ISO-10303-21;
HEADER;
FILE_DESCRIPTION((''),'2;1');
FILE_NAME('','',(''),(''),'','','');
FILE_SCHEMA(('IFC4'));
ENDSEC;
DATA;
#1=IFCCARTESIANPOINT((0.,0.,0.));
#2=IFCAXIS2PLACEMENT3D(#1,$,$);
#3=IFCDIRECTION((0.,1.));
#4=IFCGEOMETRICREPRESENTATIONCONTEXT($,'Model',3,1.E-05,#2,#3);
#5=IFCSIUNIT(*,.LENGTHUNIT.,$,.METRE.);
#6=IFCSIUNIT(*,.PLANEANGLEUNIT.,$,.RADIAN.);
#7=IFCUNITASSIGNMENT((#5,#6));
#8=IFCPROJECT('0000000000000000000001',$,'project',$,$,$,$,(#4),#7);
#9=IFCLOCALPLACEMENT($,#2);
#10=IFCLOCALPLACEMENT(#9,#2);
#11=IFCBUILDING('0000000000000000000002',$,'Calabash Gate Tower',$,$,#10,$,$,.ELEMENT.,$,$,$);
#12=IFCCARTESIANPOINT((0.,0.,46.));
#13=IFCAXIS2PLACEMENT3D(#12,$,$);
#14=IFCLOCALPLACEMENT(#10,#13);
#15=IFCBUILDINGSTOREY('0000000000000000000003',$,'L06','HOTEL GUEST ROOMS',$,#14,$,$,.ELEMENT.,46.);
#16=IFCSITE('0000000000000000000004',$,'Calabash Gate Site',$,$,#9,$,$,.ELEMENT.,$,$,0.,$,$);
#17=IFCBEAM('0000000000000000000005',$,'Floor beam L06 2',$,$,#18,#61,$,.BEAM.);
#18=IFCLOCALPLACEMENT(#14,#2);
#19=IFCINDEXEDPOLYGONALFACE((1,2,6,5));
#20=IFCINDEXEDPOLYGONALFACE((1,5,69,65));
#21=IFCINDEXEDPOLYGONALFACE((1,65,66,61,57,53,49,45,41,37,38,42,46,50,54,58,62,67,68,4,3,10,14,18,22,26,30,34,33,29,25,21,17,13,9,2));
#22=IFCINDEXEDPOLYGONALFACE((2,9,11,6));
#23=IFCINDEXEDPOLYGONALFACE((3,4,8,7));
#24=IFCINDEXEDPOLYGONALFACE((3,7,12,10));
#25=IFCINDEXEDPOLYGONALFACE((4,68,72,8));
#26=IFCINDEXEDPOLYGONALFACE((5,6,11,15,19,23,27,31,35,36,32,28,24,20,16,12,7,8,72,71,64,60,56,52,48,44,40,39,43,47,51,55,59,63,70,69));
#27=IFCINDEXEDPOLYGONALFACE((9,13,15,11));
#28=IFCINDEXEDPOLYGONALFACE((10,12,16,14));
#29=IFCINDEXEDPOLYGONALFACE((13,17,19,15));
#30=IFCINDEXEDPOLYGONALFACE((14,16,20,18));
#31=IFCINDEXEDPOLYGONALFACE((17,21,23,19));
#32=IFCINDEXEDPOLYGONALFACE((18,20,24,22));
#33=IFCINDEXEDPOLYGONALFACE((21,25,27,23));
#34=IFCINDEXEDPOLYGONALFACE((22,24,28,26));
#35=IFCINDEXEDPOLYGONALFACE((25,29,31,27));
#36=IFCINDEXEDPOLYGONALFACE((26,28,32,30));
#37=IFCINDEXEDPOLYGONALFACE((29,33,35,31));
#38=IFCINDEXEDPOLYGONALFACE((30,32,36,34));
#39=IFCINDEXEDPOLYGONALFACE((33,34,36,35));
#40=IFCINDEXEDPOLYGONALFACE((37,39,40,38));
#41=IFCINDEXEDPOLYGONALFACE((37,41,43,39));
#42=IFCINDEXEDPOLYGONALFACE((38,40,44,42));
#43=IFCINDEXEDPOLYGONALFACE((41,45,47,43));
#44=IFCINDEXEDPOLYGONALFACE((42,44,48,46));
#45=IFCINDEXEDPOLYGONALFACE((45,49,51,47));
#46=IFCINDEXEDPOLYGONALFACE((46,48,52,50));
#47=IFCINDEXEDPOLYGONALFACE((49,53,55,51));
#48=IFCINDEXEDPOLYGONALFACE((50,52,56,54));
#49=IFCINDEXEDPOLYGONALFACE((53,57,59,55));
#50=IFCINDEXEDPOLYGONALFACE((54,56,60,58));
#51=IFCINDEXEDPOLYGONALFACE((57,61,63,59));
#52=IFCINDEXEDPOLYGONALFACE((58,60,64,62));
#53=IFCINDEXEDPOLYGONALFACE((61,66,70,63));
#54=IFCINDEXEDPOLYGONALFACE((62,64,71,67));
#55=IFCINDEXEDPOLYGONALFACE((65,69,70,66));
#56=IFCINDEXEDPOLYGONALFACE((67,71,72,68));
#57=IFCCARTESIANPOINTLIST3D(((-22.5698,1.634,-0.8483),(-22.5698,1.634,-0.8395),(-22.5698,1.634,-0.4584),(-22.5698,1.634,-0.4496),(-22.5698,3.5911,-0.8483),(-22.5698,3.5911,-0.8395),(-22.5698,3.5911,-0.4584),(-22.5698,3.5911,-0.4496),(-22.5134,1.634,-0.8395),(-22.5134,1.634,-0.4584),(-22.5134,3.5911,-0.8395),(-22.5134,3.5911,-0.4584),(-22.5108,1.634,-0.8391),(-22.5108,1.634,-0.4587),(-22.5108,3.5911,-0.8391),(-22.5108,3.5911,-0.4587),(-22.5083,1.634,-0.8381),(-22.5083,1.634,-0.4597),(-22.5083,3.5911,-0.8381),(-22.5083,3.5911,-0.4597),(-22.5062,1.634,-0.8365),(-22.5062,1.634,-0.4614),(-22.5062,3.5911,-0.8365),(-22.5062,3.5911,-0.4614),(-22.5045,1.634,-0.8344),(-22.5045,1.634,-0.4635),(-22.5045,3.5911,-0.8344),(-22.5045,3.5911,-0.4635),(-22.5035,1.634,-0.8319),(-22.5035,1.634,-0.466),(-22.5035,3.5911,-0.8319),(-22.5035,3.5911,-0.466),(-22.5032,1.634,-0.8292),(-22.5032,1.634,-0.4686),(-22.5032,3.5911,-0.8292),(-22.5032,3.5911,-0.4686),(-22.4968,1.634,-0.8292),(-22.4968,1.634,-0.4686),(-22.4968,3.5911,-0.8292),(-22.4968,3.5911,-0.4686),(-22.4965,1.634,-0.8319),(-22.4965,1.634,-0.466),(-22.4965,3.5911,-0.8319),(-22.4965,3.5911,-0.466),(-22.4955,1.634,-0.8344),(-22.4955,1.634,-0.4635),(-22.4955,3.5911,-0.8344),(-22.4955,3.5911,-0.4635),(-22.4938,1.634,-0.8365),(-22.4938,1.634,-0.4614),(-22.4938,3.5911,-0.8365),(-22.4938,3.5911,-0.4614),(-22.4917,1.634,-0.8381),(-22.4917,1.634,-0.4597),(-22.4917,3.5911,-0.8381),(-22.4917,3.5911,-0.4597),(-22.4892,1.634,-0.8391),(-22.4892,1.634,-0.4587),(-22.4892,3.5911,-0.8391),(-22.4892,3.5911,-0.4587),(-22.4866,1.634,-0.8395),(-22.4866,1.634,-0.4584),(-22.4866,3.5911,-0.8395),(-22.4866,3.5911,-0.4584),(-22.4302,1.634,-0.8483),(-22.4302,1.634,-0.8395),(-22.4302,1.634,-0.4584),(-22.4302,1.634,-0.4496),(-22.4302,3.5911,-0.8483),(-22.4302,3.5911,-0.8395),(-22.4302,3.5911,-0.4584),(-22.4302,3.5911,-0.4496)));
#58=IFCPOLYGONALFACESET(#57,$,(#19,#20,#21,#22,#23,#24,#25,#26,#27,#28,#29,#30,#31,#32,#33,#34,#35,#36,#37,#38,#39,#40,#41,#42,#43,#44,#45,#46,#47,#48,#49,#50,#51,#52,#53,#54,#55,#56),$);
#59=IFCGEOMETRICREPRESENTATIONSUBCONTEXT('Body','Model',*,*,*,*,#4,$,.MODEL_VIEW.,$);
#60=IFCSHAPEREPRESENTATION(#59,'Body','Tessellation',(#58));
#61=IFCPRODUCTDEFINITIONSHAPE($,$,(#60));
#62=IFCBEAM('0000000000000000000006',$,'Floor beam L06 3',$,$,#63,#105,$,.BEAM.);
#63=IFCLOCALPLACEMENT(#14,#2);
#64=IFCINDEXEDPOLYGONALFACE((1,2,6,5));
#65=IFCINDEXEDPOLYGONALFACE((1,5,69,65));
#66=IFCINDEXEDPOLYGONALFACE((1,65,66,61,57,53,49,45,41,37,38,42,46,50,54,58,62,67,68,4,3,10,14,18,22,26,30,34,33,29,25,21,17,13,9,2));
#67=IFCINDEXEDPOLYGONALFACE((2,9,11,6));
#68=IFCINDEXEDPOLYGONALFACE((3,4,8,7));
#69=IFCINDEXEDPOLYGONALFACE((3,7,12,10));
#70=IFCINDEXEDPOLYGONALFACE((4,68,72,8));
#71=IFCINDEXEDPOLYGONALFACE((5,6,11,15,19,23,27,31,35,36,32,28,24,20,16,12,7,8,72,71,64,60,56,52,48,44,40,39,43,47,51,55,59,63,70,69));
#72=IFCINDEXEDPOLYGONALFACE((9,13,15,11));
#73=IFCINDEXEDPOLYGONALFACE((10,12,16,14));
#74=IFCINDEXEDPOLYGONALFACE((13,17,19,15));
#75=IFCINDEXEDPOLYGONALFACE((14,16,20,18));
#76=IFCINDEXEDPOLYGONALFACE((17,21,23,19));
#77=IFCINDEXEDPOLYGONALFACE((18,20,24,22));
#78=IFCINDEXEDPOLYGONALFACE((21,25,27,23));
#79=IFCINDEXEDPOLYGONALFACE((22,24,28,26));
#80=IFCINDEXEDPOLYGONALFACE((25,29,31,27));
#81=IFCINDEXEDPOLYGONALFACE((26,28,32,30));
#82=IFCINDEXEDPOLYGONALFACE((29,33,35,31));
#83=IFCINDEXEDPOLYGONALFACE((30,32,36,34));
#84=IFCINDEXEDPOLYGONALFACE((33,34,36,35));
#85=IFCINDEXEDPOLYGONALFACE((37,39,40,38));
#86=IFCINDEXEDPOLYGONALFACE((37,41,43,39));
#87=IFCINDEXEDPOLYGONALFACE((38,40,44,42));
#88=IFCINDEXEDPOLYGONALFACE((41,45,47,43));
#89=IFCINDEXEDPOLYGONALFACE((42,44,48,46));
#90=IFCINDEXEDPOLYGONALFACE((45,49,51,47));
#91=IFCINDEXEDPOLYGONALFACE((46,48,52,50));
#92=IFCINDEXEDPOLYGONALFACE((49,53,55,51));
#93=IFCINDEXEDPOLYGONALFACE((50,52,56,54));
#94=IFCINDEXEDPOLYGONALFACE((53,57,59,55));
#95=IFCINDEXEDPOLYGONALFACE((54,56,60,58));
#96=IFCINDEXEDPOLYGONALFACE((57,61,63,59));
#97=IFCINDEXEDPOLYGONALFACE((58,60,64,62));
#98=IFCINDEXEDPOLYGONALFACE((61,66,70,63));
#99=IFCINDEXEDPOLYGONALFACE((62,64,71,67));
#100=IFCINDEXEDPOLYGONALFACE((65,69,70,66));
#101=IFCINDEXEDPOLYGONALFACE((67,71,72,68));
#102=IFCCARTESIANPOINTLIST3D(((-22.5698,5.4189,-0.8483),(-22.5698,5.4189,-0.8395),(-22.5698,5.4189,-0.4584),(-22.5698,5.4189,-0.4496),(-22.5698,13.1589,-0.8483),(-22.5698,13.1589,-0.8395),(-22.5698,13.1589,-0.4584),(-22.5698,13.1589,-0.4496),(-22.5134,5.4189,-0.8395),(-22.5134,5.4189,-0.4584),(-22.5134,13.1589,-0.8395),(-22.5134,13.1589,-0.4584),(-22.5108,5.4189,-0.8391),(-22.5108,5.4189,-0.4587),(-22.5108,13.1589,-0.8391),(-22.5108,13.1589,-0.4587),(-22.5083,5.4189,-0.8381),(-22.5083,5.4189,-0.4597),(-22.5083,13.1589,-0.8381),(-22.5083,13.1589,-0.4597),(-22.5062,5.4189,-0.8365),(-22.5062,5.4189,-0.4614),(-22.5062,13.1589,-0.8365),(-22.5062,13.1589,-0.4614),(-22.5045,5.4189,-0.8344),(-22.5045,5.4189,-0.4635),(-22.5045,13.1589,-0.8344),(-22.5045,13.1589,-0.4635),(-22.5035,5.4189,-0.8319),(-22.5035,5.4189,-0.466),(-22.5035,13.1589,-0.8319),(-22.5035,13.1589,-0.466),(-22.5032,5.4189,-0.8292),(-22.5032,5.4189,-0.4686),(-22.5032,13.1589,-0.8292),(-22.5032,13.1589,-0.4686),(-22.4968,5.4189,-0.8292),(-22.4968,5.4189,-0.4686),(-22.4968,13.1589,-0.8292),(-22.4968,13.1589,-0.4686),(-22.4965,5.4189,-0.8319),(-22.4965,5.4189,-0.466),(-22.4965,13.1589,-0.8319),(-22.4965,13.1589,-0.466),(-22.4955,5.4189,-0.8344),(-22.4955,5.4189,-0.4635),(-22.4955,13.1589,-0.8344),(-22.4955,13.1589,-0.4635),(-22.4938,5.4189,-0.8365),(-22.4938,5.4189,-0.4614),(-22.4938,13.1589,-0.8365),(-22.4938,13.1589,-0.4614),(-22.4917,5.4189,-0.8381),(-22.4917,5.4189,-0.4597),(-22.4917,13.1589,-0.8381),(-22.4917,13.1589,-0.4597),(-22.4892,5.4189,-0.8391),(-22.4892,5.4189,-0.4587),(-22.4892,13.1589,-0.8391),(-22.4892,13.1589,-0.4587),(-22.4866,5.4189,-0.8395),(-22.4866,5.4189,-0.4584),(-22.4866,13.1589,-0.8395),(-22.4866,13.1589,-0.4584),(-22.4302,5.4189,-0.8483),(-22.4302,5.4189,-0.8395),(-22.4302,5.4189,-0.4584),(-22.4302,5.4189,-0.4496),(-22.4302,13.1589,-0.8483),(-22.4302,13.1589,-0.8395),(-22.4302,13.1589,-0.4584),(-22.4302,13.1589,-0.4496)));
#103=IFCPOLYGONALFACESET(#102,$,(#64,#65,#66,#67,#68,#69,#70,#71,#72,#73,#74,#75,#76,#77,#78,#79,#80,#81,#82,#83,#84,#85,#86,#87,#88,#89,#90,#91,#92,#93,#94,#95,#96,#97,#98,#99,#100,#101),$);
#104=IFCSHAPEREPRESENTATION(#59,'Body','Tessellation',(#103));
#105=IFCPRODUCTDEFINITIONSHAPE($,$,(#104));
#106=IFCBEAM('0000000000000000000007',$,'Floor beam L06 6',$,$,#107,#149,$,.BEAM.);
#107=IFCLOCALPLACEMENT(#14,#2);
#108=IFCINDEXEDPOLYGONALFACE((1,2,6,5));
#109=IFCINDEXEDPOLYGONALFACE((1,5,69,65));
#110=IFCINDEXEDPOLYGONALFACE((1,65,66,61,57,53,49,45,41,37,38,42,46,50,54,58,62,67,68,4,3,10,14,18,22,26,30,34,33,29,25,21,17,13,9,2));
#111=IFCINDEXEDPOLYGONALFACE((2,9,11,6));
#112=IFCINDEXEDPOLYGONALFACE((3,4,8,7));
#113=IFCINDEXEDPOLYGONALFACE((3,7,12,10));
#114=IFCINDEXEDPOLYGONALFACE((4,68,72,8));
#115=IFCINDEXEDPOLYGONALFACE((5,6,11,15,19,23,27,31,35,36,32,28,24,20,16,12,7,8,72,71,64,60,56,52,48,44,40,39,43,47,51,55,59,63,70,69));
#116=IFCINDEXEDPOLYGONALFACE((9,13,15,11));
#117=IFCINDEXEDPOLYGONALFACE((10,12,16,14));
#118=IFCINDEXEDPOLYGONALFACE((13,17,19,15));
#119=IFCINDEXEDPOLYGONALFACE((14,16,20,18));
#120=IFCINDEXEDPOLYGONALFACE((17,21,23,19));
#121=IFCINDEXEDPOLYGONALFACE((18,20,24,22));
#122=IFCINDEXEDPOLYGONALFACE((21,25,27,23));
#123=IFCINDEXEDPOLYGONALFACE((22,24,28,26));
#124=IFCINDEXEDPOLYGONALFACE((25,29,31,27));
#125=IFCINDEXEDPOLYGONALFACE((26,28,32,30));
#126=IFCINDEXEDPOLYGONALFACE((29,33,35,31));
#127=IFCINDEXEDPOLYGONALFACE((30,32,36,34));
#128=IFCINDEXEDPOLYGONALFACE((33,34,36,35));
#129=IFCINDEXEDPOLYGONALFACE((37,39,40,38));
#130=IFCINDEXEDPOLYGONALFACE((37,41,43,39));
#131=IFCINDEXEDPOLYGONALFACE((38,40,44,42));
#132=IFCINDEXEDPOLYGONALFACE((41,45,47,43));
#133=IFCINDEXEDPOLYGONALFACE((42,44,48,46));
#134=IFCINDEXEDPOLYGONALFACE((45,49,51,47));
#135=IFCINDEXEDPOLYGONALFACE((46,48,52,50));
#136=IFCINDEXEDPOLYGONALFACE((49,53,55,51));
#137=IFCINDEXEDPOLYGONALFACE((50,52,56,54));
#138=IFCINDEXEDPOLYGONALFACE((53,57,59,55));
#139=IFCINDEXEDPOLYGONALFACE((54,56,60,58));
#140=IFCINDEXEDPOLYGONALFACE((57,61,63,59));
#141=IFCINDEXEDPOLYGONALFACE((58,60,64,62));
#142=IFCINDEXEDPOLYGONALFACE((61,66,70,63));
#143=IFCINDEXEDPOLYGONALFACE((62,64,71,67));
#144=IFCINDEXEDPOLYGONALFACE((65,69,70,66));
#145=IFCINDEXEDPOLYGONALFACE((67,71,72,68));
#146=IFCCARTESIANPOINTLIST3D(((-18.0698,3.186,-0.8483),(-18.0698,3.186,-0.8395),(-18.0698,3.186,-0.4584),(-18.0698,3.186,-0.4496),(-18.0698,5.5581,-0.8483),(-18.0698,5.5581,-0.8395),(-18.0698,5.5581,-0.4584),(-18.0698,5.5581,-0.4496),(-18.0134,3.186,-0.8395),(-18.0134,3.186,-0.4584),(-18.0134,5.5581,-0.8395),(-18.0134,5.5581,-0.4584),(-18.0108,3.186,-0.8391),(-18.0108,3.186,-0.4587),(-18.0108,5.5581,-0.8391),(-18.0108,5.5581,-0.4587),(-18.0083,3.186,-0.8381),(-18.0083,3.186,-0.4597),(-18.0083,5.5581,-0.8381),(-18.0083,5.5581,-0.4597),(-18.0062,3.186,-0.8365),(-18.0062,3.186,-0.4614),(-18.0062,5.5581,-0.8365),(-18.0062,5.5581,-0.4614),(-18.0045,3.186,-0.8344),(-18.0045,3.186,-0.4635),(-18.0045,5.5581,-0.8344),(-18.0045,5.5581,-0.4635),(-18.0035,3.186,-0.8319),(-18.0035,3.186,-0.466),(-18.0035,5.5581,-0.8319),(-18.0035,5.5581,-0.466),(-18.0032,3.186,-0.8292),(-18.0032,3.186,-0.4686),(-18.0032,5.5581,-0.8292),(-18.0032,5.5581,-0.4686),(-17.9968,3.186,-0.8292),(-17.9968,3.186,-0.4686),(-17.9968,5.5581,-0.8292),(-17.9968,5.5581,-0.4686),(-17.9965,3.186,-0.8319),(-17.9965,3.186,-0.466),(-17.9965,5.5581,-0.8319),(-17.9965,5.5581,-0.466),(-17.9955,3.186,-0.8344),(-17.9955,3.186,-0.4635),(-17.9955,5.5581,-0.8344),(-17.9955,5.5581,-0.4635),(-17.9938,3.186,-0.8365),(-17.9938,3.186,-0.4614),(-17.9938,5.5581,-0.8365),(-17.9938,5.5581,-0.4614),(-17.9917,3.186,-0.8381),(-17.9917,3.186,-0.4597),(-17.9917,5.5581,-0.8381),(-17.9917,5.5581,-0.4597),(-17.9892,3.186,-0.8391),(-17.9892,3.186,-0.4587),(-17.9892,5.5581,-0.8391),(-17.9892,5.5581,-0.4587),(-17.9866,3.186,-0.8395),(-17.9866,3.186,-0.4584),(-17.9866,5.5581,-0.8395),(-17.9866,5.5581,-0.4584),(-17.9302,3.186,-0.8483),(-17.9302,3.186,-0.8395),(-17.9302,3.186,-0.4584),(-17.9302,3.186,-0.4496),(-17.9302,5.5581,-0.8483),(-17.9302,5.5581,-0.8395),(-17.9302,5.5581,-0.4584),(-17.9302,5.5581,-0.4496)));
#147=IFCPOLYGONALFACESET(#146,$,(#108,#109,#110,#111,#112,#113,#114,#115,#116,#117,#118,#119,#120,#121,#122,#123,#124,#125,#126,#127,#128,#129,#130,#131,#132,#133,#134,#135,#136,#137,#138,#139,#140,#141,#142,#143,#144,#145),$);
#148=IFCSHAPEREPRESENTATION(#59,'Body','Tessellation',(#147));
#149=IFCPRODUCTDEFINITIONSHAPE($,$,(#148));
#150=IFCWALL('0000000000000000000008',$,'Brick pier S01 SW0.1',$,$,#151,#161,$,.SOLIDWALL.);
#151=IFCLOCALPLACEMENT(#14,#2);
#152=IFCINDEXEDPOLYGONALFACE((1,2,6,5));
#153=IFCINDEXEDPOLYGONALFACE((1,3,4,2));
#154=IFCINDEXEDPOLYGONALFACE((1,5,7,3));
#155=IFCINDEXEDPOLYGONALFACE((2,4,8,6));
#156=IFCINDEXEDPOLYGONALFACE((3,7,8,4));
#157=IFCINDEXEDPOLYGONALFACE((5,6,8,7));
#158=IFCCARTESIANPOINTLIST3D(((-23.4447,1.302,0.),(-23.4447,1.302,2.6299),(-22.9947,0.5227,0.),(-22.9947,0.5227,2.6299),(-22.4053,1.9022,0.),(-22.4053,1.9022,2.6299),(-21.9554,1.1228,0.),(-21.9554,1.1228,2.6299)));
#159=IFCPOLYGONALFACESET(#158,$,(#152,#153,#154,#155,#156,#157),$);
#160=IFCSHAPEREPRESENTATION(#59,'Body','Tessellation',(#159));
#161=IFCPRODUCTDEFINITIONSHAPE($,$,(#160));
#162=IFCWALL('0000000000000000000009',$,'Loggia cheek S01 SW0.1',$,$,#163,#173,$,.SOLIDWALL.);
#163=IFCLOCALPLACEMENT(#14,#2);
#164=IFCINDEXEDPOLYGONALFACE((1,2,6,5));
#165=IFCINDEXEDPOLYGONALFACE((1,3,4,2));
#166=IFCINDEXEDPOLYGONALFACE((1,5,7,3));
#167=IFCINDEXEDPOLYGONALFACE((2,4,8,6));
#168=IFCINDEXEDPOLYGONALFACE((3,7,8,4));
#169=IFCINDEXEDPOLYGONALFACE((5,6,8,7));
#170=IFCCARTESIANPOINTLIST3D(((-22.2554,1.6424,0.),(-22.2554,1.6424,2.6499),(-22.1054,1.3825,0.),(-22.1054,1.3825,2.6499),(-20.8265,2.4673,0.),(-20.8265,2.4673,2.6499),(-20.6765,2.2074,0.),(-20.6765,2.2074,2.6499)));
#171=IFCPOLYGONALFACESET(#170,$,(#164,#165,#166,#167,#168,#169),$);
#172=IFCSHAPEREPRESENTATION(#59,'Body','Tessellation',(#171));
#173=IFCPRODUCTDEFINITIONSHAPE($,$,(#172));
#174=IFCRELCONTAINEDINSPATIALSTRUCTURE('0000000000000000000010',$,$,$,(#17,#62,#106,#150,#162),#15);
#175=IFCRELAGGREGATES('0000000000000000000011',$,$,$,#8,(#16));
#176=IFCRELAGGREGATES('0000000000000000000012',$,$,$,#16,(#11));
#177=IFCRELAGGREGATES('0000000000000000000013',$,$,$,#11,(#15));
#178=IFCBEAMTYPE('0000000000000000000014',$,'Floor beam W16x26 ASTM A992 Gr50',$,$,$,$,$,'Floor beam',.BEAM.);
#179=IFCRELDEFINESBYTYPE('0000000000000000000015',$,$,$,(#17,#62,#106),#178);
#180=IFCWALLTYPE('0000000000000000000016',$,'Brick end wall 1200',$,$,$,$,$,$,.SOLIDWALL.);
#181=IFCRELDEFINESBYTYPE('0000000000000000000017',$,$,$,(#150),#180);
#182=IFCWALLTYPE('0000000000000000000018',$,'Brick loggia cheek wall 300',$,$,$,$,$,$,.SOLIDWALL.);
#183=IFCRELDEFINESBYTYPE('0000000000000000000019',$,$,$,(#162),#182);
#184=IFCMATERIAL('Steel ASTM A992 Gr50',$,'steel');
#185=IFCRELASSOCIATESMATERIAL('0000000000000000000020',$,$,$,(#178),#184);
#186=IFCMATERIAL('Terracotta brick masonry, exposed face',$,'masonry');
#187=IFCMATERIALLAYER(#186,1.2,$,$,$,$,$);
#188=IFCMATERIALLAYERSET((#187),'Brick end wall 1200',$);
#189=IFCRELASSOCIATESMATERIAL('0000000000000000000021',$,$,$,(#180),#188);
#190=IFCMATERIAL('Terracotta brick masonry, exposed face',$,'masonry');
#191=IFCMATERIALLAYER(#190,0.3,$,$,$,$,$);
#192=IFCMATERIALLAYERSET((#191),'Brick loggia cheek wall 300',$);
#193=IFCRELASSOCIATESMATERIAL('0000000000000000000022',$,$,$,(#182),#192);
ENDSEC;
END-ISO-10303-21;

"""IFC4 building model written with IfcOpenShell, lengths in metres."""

from ifc_helpers import new_model, si_unit, direction, frame, frame_2d, origin, origin_2d, place, context, subcontext, project, spatial, rectangle, i_section, extrude, material, layer, layer_set, material_profile, profile_set, type_object, element, save


model = new_model("IFC4")

# Units and contexts
model_context = context("Model", 3, precision=1e-05, world=origin(), true_north=direction((0.0, 1.0)))
body_context = subcontext(model_context, "Body", "Model", "MODEL_VIEW")
ifc_project = project(units=[si_unit("LENGTHUNIT", "METRE"), si_unit("PLANEANGLEUNIT", "RADIAN")], contexts=[model_context])

# Site, building, storey
site_placement = place(None, origin())
site = spatial("IfcSite", under=ifc_project, at=site_placement, Name="Calabash Gate Site", CompositionType="ELEMENT", RefElevation=0.0)
building_placement = place(site_placement, origin())
building = spatial("IfcBuilding", under=site, at=building_placement, Name="Calabash Gate Tower", CompositionType="ELEMENT")
storey_placement = place(building_placement, frame((0.0, 0.0, 46.0)))
storey = spatial("IfcBuildingStorey", under=building, at=storey_placement, Name="L06", Description="HOTEL GUEST ROOMS", CompositionType="ELEMENT", Elevation=46.0)

# Beams
ifc_material_1 = material(Name="Steel ASTM A992 Gr50", Category="steel")
ifc_material_profile = material_profile(ifc_material_1, i_section(OverallWidth=0.1396, OverallDepth=0.3987, WebThickness=0.0063, FlangeThickness=0.0088, FilletRadius=0.0103, at=origin_2d()))
ifc_profile_set = profile_set([ifc_material_profile], Name="Steel ASTM A992 Gr50")
beam_type = type_object("IfcBeamType", Name="Floor beam W16x26 ASTM A992 Gr50", ElementType="Floor beam", PredefinedType="BEAM", material=ifc_profile_set)
beam_1_placement = place(storey_placement, frame((-22.5, 1.634, -0.6489), z_axis=(0.0, 1.0, 0.0), x_axis=(-1.0, 0.0, 0.0)))
element("IfcBeam", 1, at=beam_1_placement, inside=storey, type_object=beam_type, Name="Floor beam L06 2", PredefinedType="BEAM", context=body_context, shape_type="SweptSolid", body=[
    extrude(i_section(OverallWidth=0.1396, OverallDepth=0.3987, WebThickness=0.0063, FlangeThickness=0.0088, FilletRadius=0.0103, at=origin_2d()), origin(), (0.0, 0.0, 1.0), 1.957),
])
beam_2_placement = place(storey_placement, frame((-22.5, 5.4189, -0.6489), z_axis=(0.0, 1.0, 0.0), x_axis=(-1.0, 0.0, 0.0)))
element("IfcBeam", 2, at=beam_2_placement, inside=storey, type_object=beam_type, Name="Floor beam L06 3", PredefinedType="BEAM", context=body_context, shape_type="SweptSolid", body=[
    extrude(i_section(OverallWidth=0.1396, OverallDepth=0.3987, WebThickness=0.0063, FlangeThickness=0.0088, FilletRadius=0.0103, at=origin_2d()), origin(), (0.0, 0.0, 1.0), 7.74),
])
beam_3_placement = place(storey_placement, frame((-18.0, 3.186, -0.6489), z_axis=(0.0, 1.0, 0.0), x_axis=(-1.0, 0.0, 0.0)))
element("IfcBeam", 3, at=beam_3_placement, inside=storey, type_object=beam_type, Name="Floor beam L06 6", PredefinedType="BEAM", context=body_context, shape_type="SweptSolid", body=[
    extrude(i_section(OverallWidth=0.1396, OverallDepth=0.3987, WebThickness=0.0063, FlangeThickness=0.0088, FilletRadius=0.0103, at=origin_2d()), origin(), (0.0, 0.0, 1.0), 2.3721),
])

# Walls
ifc_material_2 = material(Name="Terracotta brick masonry, exposed face", Category="masonry")
ifc_layer_1 = layer(ifc_material_2, 1.2)
ifc_layer_set_1 = layer_set([ifc_layer_1], Name="Brick end wall 1200")
wall_type_1 = type_object("IfcWallType", Name="Brick end wall 1200", PredefinedType="SOLIDWALL", material=ifc_layer_set_1)
wall_1_placement = place(storey_placement, frame((-23.2197, 0.9124, 0.0), z_axis=(0.0, 0.0, 1.0), x_axis=(0.866006, 0.500034, 0.0)))
element("IfcWall", 4, at=wall_1_placement, inside=storey, type_object=wall_type_1, Name="Brick pier S01 SW0.1", PredefinedType="SOLIDWALL", context=body_context, shape_type="SweptSolid", body=[
    extrude(rectangle(XDim=1.2002, YDim=0.8999, at=frame_2d((0.6001, 0.0))), origin(), (0.0, 0.0, 1.0), 2.6299),
])
ifc_material_3 = material(Name="Terracotta brick masonry, exposed face", Category="masonry")
ifc_layer_2 = layer(ifc_material_3, 0.3)
ifc_layer_set_2 = layer_set([ifc_layer_2], Name="Brick loggia cheek wall 300")
wall_type_2 = type_object("IfcWallType", Name="Brick loggia cheek wall 300", PredefinedType="SOLIDWALL", material=ifc_layer_set_2)
wall_2_placement = place(storey_placement, frame((-22.1804, 1.5125, 0.0), z_axis=(0.0, 0.0, 1.0), x_axis=(0.86604, 0.499974, 0.0)))
element("IfcWall", 5, at=wall_2_placement, inside=storey, type_object=wall_type_2, Name="Loggia cheek S01 SW0.1", PredefinedType="SOLIDWALL", context=body_context, shape_type="SweptSolid", body=[
    extrude(rectangle(XDim=1.6499, YDim=0.3, at=frame_2d((0.825, 0.0))), origin(), (0.0, 0.0, 1.0), 2.6499),
])

save(model, "model.ifc")
